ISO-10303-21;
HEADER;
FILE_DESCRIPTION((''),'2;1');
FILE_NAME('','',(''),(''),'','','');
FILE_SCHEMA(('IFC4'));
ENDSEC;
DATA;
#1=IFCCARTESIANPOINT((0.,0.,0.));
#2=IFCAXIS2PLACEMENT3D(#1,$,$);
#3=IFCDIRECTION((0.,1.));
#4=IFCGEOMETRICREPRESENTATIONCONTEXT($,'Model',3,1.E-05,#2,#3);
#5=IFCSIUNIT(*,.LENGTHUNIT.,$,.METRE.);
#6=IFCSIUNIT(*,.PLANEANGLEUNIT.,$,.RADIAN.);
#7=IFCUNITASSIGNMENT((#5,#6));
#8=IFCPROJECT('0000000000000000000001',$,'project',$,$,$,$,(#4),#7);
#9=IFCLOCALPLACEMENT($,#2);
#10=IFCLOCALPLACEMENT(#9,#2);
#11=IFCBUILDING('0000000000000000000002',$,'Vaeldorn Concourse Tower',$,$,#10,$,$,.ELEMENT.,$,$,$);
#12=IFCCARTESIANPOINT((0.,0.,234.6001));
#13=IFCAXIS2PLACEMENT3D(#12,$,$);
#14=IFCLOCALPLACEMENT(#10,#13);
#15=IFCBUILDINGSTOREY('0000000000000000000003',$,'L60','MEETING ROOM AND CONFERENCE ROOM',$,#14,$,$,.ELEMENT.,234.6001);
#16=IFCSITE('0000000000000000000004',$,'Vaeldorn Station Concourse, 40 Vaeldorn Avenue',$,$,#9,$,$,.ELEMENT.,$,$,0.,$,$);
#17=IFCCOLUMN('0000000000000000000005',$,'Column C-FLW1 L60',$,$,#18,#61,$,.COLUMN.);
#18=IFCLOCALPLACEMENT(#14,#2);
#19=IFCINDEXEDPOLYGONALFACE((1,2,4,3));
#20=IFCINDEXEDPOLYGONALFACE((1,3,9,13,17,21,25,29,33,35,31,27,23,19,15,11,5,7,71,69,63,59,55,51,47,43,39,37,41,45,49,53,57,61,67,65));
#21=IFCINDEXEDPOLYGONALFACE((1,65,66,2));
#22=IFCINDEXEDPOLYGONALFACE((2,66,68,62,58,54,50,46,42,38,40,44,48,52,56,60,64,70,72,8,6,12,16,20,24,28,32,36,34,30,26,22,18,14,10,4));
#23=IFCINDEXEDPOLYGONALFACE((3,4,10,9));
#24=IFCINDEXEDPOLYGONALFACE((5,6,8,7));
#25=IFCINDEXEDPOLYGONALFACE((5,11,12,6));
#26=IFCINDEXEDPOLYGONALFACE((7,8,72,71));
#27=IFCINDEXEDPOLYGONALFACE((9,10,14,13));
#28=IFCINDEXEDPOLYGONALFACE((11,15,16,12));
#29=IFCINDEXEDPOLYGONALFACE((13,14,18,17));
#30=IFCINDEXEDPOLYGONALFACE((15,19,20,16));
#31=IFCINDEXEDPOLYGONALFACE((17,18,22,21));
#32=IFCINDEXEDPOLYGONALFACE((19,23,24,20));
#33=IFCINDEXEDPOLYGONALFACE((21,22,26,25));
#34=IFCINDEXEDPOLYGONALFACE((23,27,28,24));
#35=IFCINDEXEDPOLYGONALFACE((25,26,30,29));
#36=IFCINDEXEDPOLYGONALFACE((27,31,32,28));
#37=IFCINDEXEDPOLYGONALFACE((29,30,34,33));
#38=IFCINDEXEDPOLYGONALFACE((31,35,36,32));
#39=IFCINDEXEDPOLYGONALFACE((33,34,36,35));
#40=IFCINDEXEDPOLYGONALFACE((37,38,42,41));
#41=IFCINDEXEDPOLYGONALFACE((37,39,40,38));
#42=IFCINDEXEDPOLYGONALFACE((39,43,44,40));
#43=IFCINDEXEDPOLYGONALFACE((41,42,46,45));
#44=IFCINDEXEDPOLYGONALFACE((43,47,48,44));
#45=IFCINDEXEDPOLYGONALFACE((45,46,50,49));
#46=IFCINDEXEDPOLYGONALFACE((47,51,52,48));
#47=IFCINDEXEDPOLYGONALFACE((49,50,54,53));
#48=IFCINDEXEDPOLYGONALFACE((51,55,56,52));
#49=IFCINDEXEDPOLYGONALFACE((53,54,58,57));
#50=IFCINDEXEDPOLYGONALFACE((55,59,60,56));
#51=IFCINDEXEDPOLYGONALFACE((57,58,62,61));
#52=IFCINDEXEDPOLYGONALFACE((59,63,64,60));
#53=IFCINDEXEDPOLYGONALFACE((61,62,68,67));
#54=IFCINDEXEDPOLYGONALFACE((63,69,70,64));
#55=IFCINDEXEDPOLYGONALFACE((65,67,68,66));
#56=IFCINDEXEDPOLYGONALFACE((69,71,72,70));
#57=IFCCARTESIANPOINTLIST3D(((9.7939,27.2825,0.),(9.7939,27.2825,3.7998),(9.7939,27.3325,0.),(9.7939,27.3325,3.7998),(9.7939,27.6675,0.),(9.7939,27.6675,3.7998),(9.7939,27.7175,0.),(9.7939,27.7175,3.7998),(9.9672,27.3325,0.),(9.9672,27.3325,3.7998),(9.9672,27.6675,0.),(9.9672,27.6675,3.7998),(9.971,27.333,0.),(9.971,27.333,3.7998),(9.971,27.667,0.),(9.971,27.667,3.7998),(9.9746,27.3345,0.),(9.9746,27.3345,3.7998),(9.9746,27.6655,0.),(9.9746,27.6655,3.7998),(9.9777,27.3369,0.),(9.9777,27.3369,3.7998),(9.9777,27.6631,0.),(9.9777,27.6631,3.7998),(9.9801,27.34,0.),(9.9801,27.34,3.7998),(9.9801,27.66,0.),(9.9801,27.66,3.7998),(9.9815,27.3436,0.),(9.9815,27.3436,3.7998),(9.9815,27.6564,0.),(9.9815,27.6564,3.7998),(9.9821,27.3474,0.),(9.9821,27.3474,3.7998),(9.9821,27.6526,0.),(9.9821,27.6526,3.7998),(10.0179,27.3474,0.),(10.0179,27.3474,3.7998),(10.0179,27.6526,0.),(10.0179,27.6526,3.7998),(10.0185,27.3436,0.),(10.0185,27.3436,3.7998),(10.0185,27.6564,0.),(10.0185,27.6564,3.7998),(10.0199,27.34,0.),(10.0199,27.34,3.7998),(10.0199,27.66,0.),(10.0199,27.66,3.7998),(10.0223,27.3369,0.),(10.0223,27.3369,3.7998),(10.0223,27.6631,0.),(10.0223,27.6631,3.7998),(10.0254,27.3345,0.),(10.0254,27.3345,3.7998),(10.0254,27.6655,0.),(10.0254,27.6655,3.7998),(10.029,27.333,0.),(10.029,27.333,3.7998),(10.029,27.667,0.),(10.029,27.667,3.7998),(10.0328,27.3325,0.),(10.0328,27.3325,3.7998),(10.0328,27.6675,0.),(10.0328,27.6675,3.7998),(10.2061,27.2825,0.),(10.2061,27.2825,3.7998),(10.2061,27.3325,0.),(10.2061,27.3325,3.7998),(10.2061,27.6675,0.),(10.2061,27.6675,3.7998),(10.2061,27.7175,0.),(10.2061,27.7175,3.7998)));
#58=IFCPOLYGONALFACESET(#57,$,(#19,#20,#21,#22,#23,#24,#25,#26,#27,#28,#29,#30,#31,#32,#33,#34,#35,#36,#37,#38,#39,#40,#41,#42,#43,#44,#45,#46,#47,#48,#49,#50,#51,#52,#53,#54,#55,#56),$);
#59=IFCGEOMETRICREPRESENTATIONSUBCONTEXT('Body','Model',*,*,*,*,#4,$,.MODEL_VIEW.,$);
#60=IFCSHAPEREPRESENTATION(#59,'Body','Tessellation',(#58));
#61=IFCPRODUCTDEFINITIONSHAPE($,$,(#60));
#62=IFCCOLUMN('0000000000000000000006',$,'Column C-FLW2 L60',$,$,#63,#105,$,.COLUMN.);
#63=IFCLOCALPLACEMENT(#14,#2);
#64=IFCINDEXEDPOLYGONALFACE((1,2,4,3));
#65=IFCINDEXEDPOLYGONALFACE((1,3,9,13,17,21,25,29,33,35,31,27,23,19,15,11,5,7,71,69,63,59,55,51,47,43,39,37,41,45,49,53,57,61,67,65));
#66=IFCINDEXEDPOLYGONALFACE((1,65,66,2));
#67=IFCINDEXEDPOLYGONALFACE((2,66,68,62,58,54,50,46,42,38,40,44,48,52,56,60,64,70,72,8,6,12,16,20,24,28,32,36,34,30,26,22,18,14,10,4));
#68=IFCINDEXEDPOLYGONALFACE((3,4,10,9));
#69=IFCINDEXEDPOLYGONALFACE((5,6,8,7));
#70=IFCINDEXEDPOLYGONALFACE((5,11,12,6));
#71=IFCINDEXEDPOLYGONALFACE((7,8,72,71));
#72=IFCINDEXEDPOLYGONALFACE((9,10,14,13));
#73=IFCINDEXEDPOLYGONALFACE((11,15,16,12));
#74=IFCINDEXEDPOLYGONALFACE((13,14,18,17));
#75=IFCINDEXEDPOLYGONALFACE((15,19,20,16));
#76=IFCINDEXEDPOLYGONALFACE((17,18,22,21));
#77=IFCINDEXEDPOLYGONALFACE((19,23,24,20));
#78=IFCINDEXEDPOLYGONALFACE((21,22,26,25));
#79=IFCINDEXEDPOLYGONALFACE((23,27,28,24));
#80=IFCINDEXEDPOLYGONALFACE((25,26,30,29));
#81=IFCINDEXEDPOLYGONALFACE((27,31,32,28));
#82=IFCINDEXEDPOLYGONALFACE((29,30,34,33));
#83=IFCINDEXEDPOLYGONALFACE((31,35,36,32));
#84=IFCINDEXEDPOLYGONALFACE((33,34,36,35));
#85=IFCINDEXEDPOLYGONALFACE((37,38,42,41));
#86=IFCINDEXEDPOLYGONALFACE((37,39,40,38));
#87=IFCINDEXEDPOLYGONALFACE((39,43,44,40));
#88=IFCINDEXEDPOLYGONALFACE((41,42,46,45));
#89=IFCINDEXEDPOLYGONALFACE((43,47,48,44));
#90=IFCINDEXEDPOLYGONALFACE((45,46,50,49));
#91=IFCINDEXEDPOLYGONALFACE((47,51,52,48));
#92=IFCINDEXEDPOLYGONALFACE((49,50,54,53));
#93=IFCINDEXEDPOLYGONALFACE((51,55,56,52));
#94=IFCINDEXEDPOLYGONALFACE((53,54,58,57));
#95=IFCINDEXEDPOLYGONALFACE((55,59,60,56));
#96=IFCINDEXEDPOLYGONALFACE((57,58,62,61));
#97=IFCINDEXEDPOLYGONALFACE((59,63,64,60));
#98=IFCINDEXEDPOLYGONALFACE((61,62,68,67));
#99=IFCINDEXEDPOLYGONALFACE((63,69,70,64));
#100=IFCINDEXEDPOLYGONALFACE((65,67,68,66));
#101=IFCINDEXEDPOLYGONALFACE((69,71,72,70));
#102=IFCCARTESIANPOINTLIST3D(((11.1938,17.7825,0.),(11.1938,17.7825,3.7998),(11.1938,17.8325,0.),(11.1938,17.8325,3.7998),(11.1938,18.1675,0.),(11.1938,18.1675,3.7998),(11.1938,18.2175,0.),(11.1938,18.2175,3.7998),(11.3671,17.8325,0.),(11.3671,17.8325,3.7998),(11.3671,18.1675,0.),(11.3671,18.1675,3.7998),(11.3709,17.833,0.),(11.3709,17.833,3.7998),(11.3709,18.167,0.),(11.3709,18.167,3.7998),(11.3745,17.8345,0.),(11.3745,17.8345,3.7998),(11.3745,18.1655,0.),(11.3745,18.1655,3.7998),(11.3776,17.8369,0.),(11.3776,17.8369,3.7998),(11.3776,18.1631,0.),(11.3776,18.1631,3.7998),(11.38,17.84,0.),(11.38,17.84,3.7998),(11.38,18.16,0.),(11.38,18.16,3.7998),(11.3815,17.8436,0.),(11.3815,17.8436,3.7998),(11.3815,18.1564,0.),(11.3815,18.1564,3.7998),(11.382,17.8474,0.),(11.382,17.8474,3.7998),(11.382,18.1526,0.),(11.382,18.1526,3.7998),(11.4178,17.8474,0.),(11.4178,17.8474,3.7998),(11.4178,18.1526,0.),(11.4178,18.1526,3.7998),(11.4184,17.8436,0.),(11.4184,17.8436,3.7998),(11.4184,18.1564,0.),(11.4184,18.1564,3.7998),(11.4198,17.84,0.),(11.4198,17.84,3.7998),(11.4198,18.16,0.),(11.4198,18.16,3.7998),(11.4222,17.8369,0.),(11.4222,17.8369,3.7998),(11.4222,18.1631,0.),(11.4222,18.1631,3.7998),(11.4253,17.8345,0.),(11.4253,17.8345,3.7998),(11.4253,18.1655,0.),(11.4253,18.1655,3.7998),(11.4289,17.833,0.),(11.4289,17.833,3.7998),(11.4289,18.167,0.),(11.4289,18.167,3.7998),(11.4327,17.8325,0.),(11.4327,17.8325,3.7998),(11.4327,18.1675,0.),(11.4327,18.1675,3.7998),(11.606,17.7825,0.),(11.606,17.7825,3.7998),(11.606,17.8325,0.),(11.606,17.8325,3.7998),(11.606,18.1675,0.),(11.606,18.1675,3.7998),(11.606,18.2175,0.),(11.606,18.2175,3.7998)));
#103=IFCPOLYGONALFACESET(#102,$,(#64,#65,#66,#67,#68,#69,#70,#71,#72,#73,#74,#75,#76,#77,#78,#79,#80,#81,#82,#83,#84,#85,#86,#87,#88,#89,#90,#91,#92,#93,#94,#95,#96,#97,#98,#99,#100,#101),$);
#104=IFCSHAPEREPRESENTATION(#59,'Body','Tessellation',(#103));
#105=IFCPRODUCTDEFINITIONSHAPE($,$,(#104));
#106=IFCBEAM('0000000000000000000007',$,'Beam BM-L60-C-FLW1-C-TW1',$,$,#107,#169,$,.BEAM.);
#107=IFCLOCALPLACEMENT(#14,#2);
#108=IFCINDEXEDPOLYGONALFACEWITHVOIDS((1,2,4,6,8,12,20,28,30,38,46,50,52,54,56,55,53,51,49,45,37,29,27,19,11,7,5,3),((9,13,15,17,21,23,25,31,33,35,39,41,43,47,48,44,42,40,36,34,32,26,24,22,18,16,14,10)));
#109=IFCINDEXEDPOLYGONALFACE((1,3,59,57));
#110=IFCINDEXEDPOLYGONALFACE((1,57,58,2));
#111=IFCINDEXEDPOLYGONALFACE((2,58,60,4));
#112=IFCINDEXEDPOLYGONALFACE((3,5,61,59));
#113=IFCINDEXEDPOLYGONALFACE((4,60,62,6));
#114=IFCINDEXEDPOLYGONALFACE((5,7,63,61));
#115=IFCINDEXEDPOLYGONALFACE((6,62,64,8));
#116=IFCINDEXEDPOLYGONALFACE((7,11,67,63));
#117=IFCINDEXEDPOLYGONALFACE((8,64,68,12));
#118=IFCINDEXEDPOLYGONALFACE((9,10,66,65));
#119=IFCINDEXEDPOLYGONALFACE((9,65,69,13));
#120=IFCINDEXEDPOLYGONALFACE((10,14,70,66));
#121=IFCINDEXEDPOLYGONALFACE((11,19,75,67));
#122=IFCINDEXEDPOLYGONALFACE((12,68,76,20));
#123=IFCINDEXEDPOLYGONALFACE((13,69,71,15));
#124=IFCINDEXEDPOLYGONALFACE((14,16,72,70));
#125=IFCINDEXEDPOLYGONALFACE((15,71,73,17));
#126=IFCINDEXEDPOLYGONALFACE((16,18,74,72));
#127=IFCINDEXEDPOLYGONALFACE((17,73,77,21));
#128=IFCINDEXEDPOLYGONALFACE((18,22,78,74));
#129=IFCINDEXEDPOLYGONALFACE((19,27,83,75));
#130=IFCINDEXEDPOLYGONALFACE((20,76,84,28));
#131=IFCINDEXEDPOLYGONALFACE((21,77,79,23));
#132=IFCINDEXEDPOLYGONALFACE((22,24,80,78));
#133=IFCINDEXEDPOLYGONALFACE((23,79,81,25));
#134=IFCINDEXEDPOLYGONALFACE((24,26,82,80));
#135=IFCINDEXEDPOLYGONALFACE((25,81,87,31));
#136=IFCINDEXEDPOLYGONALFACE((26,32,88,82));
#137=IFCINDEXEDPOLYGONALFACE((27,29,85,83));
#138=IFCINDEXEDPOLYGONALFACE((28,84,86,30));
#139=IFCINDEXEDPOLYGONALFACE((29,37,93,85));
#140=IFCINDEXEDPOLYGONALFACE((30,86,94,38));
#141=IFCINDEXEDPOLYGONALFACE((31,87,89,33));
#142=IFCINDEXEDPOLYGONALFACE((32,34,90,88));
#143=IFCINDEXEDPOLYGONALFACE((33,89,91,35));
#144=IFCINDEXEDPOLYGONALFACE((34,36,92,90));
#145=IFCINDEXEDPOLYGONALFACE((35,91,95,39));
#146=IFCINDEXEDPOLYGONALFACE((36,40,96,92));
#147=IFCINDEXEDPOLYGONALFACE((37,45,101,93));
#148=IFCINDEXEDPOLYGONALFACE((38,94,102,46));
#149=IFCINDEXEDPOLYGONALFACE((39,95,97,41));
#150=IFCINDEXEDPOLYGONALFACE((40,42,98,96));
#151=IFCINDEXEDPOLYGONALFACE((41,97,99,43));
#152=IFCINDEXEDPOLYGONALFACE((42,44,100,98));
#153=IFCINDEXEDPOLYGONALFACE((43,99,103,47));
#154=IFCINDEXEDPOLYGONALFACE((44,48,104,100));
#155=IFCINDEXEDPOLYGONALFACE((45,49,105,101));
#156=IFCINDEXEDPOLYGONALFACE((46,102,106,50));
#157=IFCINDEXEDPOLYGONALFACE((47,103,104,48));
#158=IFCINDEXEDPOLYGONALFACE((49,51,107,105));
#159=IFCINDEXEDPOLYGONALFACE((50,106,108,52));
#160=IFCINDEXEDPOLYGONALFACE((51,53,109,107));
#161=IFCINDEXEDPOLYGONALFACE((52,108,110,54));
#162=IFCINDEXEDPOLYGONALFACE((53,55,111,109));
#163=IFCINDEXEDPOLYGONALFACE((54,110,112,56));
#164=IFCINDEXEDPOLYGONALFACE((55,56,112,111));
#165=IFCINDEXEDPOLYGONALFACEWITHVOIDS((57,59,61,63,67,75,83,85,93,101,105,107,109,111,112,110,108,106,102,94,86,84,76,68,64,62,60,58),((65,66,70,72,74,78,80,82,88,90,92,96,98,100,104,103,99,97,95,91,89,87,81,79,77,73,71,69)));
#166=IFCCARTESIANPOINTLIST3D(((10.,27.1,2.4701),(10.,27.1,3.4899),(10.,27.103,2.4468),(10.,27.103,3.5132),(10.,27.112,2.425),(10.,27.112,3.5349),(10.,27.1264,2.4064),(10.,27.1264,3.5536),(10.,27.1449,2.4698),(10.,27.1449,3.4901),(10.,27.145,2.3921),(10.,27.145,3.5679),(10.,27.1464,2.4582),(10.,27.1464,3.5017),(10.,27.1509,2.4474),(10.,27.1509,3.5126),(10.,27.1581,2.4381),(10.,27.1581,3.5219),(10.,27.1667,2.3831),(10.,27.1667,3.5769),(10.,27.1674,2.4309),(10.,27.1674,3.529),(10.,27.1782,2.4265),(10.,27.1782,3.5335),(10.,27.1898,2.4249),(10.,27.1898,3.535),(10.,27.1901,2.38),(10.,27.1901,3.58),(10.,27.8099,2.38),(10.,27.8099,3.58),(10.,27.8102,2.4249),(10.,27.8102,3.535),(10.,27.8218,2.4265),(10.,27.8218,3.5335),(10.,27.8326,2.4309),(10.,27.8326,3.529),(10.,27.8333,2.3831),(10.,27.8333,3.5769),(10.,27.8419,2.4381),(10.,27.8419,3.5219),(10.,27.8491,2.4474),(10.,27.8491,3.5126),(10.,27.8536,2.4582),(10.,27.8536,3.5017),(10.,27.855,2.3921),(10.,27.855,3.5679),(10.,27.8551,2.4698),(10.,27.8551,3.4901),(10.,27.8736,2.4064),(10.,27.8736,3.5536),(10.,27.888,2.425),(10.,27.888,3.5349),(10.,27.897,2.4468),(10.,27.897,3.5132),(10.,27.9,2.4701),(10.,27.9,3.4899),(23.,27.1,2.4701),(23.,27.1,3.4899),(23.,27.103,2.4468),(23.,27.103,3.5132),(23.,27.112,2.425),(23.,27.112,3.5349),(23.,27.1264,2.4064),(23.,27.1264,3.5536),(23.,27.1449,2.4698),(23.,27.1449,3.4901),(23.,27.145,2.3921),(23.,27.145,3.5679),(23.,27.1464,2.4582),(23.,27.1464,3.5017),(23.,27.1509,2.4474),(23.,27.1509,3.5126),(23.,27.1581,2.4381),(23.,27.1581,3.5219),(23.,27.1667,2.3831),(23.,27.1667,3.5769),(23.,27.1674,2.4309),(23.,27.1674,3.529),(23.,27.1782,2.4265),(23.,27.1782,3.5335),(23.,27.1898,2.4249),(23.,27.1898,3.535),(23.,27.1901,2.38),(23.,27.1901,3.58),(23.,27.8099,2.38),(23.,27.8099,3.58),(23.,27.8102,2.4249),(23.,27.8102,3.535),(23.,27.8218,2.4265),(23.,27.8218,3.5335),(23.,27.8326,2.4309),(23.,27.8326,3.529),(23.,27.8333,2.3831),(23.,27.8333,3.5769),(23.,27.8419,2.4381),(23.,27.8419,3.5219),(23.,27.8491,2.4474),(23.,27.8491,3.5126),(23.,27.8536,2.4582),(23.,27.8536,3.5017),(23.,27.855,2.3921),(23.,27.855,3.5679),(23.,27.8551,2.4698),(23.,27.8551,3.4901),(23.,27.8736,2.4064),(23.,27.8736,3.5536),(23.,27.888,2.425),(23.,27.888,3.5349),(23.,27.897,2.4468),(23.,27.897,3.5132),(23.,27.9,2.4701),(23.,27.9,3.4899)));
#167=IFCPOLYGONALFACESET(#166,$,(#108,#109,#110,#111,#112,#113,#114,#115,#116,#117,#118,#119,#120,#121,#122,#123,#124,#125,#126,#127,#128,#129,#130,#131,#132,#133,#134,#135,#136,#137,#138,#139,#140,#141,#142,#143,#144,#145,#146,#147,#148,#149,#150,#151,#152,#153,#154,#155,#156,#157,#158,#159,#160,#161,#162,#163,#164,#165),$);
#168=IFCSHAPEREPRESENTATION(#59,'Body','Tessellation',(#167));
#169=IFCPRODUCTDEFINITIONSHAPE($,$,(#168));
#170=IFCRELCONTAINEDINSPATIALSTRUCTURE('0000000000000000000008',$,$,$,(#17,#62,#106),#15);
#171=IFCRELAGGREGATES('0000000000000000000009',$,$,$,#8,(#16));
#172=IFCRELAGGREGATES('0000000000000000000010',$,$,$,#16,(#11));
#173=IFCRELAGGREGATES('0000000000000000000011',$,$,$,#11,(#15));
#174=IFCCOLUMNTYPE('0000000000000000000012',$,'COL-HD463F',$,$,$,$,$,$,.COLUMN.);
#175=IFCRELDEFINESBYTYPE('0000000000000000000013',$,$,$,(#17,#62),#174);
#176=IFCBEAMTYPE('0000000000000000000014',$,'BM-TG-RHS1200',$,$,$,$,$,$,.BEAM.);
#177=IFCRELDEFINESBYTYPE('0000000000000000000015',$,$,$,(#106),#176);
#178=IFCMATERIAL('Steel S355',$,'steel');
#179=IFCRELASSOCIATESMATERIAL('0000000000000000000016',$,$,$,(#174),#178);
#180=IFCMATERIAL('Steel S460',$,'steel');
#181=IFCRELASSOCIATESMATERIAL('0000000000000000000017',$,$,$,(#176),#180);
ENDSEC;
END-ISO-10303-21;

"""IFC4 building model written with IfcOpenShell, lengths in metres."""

from ifc_helpers import new_model, si_unit, direction, frame, origin, origin_2d, place, context, subcontext, project, spatial, hollow_rectangle, i_section, extrude, source, transform, mapped, material, material_profile, profile_set, type_object, element, save


model = new_model("IFC4")

# Units and contexts
model_context = context("Model", 3, precision=1e-05, world=origin(), true_north=direction((0.0, 1.0)))
body_context = subcontext(model_context, "Body", "Model", "MODEL_VIEW")
ifc_project = project(units=[si_unit("LENGTHUNIT", "METRE"), si_unit("PLANEANGLEUNIT", "RADIAN")], contexts=[model_context])

# Site, building, storey
site_placement = place(None, origin())
site = spatial("IfcSite", under=ifc_project, at=site_placement, Name="Vaeldorn Station Concourse, 40 Vaeldorn Avenue", CompositionType="ELEMENT", RefElevation=0.0)
building_placement = place(site_placement, origin())
building = spatial("IfcBuilding", under=site, at=building_placement, Name="Vaeldorn Concourse Tower", CompositionType="ELEMENT")
storey_placement = place(building_placement, frame((0.0, 0.0, 234.6001)))
storey = spatial("IfcBuildingStorey", under=building, at=storey_placement, Name="L60", Description="MEETING ROOM AND CONFERENCE ROOM", CompositionType="ELEMENT", Elevation=234.6001)

# Columns
ifc_material_1 = material(Name="Steel S355", Category="steel")
ifc_material_profile_1 = material_profile(ifc_material_1, i_section(OverallWidth=0.4121, OverallDepth=0.4351, WebThickness=0.0359, FlangeThickness=0.05, FilletRadius=0.0149, at=origin_2d()), Name="HD 400x463")
ifc_profile_set_1 = profile_set([ifc_material_profile_1], Name="Steel S355")
column_type = type_object("IfcColumnType", Name="COL-HD463F", PredefinedType="COLUMN", material=ifc_profile_set_1)
shared_shape_1 = source(origin(), body_context, "Body", "SweptSolid", [
    extrude(i_section(OverallWidth=0.4121, OverallDepth=0.4351, WebThickness=0.0359, FlangeThickness=0.05, FilletRadius=0.0149, at=origin_2d()), origin(), (0.0, 0.0, 1.0), 3.7998),
])
for number, where, z_axis, x_axis, name in (
    (1, (10.0, 27.5, 0.0), (0.0, 0.0, 1.0), (1.0, 0.0, 0.0), "Column C-FLW1 L60"),
    (2, (11.3999, 18.0, 0.0), (0.0, 0.0, 1.0), (1.0, 0.0, 0.0), "Column C-FLW2 L60"),
):
    element("IfcColumn", number, at=place(storey_placement, frame(where, z_axis=z_axis, x_axis=x_axis)), inside=storey, type_object=column_type, Name=name, PredefinedType="COLUMN", context=body_context, shape_type="MappedRepresentation", body=[
        mapped(shared_shape_1, transform((0.0, 0.0, 0.0), scale=1.0)),
    ])

# Beam
ifc_material_2 = material(Name="Steel S460", Category="steel")
ifc_material_profile_2 = material_profile(ifc_material_2, hollow_rectangle(XDim=0.8, YDim=1.2, WallThickness=0.0449, InnerFilletRadius=0.0449, OuterFilletRadius=0.0901, at=origin_2d()), Name="RHS 1200x800x45")
ifc_profile_set_2 = profile_set([ifc_material_profile_2], Name="Steel S460")
beam_type_1 = type_object("IfcBeamType", Name="BM-TG-RHS1200", PredefinedType="BEAM", material=ifc_profile_set_2)
shared_shape_2 = source(origin(), body_context, "Body", "SweptSolid", [
    extrude(hollow_rectangle(XDim=0.8, YDim=1.2, WallThickness=0.0449, InnerFilletRadius=0.0449, OuterFilletRadius=0.0901, at=origin_2d()), origin(), (0.0, 0.0, 1.0), 13.0),
])
beam_1_placement = place(storey_placement, frame((10.0, 27.5, 2.98), z_axis=(1.0, 0.0, 0.0), x_axis=(0.0, 1.0, 0.0)))
element("IfcBeam", 3, at=beam_1_placement, inside=storey, type_object=beam_type_1, Name="Beam BM-L60-C-FLW1-C-TW1", PredefinedType="BEAM", context=body_context, shape_type="MappedRepresentation", body=[
    mapped(shared_shape_2, transform((0.0, 0.0, 0.0), scale=1.0)),
])

save(model, "model.ifc")
